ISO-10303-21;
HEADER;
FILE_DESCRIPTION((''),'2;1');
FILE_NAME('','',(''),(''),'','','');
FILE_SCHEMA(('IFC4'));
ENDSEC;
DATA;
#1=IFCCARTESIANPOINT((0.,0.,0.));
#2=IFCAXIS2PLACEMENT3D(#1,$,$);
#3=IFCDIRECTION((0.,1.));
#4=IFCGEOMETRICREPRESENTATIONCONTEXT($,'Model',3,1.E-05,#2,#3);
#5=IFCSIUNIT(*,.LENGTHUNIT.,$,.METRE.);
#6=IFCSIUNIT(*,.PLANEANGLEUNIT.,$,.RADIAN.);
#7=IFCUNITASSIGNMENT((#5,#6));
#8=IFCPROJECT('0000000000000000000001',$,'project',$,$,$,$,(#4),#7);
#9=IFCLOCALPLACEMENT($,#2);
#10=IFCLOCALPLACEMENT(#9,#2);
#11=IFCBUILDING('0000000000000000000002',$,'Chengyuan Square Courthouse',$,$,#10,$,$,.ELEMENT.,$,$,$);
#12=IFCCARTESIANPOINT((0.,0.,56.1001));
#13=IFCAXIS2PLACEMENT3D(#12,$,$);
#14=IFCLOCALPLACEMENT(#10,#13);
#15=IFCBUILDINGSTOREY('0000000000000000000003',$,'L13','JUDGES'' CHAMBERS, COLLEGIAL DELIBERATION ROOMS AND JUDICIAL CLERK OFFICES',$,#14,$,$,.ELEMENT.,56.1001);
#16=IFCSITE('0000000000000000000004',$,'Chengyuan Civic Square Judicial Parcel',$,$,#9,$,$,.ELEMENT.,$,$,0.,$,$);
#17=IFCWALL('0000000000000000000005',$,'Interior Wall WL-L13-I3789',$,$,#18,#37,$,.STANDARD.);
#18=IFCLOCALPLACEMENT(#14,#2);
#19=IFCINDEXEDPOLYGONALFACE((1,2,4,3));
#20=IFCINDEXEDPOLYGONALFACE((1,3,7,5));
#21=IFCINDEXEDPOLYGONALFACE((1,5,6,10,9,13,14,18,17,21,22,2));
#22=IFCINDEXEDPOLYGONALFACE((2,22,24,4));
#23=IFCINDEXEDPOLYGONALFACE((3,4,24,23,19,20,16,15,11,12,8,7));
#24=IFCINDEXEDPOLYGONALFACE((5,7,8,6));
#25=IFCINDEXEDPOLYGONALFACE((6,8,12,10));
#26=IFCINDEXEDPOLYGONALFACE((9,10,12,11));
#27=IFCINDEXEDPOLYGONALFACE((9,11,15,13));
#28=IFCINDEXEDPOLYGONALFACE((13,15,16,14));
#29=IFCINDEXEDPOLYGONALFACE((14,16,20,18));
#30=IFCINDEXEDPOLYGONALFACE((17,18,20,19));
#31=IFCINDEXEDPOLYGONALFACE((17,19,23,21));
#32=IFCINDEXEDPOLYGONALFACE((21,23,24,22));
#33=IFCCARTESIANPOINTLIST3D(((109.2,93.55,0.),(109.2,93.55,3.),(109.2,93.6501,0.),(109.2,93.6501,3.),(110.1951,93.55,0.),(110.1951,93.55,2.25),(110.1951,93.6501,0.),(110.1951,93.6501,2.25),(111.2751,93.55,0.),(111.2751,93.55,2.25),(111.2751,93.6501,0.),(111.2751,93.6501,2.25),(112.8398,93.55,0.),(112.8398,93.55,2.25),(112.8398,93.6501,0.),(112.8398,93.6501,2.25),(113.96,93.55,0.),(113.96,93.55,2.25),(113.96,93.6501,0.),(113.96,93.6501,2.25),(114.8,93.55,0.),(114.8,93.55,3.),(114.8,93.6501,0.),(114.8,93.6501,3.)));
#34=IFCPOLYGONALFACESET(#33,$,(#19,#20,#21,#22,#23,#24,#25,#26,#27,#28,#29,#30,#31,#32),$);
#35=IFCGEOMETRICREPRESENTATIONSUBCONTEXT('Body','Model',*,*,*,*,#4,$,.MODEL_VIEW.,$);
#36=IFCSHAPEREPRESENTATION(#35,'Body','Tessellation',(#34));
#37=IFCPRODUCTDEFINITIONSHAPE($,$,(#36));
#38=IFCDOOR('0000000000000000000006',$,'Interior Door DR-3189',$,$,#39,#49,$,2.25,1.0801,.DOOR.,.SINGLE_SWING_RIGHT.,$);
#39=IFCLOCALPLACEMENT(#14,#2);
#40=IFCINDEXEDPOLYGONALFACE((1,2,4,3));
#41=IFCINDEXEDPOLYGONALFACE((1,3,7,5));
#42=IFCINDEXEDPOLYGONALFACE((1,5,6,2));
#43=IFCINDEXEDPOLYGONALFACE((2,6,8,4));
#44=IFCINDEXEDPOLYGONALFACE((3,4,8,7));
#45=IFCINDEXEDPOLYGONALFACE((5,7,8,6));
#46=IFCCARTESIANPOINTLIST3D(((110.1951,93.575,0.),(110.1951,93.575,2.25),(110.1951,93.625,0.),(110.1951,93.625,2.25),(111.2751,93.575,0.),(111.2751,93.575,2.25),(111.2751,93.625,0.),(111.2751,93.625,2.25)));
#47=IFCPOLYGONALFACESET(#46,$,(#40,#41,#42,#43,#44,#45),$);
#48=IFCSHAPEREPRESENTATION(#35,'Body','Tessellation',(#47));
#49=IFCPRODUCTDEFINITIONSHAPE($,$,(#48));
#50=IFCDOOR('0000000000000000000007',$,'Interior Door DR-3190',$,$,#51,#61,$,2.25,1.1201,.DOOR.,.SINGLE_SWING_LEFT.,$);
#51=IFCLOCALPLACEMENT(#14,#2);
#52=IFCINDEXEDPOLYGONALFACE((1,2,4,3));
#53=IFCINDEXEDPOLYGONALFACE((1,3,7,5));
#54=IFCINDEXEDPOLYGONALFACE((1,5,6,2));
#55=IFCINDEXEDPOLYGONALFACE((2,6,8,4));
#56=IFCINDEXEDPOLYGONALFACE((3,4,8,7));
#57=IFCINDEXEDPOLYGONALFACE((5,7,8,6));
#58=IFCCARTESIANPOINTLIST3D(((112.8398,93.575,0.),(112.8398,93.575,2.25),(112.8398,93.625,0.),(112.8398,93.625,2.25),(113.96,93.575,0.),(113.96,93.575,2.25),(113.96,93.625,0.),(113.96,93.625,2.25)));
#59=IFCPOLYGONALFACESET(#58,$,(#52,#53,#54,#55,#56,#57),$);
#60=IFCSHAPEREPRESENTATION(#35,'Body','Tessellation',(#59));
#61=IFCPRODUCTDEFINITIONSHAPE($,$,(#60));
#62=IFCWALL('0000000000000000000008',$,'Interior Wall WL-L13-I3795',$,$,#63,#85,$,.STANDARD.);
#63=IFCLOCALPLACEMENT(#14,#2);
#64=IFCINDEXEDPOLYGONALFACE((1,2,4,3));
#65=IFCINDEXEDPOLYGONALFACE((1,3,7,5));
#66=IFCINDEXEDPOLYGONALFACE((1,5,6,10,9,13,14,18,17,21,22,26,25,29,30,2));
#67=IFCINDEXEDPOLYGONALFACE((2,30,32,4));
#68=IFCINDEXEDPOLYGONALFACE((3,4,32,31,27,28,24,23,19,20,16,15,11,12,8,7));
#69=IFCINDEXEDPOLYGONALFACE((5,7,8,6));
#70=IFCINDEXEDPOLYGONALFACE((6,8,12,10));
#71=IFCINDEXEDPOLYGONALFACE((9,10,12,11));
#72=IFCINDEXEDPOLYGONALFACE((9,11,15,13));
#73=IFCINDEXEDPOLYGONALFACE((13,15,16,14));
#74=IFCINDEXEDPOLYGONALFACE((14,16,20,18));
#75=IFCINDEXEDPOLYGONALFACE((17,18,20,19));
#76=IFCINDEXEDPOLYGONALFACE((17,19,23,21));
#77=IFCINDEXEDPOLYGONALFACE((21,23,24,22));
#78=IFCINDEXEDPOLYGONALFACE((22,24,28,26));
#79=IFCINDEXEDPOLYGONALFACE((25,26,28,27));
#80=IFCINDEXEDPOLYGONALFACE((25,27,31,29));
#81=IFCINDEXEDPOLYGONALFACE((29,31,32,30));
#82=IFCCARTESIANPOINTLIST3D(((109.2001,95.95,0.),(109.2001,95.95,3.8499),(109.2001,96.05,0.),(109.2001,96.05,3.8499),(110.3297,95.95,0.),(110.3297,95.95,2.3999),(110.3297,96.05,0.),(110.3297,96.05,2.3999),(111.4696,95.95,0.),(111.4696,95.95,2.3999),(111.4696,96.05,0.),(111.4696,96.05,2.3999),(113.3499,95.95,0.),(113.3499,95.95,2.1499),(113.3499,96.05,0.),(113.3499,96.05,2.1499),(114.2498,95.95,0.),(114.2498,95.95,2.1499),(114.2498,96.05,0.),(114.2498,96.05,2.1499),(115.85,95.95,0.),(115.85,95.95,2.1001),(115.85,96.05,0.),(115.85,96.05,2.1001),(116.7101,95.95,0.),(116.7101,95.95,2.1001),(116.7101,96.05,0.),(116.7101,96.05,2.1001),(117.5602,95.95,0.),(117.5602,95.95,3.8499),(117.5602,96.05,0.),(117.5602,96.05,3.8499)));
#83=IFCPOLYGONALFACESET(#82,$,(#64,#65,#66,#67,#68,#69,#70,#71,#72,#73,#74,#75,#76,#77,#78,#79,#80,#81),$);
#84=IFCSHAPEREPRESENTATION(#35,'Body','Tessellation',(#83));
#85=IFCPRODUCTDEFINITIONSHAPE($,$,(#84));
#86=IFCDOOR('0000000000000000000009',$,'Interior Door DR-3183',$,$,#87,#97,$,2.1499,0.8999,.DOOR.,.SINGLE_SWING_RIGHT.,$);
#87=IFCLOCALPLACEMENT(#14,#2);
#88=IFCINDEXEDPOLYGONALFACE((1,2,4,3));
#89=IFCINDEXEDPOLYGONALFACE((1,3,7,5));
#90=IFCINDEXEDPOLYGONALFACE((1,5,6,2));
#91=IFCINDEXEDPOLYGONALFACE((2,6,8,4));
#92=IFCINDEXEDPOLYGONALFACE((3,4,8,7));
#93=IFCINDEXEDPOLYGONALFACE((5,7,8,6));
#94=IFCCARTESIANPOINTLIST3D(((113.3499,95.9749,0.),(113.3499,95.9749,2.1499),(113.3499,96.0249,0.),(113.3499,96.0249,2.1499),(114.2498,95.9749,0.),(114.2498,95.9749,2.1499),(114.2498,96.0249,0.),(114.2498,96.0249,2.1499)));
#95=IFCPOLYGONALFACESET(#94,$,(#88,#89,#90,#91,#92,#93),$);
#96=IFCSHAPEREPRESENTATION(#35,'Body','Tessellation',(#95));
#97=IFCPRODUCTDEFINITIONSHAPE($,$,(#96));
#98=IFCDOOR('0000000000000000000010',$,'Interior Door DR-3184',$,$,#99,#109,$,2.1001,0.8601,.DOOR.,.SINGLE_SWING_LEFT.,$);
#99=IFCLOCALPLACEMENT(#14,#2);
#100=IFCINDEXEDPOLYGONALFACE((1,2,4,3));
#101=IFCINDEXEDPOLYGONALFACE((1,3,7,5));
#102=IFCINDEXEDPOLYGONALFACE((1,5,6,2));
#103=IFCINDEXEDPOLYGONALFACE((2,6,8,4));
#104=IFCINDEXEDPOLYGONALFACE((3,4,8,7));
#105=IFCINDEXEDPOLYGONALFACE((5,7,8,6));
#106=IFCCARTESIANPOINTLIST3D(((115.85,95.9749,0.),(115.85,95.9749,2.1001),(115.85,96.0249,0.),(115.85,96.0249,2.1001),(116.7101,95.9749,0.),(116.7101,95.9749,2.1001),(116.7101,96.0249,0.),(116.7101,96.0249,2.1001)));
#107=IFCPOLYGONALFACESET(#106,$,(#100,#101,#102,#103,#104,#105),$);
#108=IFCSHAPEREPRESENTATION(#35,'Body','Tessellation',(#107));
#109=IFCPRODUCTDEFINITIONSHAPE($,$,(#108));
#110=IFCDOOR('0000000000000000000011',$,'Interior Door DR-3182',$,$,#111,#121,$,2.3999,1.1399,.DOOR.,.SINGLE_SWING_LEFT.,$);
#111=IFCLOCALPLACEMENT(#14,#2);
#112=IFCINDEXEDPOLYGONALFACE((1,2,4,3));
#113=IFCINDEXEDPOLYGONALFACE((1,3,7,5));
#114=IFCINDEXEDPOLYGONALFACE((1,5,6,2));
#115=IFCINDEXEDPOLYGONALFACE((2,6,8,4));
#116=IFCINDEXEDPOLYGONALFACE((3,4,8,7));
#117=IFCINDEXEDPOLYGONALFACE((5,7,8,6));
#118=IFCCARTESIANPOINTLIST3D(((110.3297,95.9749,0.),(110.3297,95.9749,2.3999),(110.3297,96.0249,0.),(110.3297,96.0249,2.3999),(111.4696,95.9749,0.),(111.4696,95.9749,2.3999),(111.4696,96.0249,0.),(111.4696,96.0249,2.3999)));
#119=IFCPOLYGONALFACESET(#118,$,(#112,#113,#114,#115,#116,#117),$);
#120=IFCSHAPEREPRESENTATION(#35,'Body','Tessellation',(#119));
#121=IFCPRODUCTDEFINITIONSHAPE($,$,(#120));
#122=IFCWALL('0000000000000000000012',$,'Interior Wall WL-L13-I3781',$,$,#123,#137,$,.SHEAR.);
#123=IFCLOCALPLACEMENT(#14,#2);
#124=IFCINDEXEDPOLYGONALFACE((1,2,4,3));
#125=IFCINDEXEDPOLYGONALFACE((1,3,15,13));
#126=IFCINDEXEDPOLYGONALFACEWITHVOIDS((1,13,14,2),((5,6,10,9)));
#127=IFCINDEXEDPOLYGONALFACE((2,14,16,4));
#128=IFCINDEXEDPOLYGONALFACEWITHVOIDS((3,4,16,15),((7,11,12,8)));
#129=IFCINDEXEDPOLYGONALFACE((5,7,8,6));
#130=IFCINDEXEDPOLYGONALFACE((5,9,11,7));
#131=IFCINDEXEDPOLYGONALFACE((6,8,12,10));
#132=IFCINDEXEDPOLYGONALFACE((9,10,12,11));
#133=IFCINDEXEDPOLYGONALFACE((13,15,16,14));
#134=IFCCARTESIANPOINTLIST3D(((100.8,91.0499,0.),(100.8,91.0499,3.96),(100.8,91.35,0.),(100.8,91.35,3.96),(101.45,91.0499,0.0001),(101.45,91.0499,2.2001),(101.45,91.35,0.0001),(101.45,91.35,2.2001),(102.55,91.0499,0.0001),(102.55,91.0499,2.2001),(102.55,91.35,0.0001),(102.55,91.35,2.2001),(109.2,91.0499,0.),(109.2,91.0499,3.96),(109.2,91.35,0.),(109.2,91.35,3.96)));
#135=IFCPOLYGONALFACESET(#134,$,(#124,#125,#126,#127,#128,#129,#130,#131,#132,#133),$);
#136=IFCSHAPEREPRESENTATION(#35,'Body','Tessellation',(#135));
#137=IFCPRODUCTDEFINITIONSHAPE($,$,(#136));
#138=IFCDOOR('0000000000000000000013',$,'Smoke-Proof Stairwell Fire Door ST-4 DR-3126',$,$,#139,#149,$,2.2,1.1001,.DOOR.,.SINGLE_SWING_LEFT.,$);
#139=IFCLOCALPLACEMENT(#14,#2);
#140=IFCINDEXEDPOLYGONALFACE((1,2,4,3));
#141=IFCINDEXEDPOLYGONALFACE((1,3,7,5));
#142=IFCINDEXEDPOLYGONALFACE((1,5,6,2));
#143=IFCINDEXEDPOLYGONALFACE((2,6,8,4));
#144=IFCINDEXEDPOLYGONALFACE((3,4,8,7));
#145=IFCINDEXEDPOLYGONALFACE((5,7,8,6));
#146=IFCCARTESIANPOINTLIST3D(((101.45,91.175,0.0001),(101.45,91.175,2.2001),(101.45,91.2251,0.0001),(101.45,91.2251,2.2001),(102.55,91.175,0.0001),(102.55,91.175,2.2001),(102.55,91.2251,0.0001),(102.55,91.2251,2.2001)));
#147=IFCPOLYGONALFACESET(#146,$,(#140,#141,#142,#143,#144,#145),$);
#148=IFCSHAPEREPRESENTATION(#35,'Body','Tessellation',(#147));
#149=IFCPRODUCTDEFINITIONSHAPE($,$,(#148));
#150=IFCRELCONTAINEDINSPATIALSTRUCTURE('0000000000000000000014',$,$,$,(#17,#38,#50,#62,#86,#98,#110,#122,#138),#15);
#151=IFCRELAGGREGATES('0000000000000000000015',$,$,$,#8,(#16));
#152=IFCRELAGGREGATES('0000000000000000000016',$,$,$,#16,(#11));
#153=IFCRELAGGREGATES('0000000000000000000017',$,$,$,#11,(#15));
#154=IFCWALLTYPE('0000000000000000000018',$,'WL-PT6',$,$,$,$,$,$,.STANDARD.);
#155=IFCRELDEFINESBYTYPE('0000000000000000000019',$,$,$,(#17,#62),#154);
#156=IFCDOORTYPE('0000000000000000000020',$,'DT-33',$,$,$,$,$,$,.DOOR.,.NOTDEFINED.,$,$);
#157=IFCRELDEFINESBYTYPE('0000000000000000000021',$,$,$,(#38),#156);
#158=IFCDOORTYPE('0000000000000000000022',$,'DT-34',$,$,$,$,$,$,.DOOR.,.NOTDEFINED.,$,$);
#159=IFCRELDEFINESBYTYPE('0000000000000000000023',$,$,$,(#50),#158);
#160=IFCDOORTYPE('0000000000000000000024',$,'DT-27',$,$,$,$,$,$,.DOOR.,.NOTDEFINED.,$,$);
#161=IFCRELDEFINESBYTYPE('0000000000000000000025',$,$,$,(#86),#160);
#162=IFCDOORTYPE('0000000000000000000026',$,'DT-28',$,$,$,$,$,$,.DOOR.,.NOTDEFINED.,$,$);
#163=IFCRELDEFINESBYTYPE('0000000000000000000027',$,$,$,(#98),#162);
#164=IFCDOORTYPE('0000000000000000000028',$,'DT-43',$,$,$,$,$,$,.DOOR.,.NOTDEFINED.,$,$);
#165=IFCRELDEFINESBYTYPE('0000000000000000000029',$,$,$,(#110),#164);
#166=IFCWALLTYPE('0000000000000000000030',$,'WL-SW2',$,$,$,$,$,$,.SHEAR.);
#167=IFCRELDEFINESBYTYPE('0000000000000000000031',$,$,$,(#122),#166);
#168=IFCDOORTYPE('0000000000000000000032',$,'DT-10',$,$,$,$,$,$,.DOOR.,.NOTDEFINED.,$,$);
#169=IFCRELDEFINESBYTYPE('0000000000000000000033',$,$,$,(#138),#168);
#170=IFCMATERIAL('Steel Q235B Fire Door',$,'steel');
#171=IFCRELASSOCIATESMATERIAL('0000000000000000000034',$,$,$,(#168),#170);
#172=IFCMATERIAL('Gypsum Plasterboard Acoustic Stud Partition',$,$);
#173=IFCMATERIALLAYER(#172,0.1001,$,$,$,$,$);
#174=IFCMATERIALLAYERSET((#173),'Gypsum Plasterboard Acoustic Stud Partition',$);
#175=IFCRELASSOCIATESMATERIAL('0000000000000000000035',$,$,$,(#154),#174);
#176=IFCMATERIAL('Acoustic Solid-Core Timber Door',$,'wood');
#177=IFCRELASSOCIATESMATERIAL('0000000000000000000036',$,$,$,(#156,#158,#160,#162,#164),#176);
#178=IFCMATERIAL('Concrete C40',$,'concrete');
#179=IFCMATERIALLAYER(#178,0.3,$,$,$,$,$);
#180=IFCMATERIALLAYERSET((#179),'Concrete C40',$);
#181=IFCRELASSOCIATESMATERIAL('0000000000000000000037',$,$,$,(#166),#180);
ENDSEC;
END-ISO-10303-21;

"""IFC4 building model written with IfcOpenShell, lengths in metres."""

from ifc_helpers import new_model, si_unit, direction, frame, frame_2d, origin, place, context, subcontext, project, spatial, rectangle, extrude, material, layer, layer_set, type_object, element, fill, save


model = new_model("IFC4")

# Units and contexts
model_context = context("Model", 3, precision=1e-05, world=origin(), true_north=direction((0.0, 1.0)))
body_context = subcontext(model_context, "Body", "Model", "MODEL_VIEW")
ifc_project = project(units=[si_unit("LENGTHUNIT", "METRE"), si_unit("PLANEANGLEUNIT", "RADIAN")], contexts=[model_context])

# Site, building, storey
site_placement = place(None, origin())
site = spatial("IfcSite", under=ifc_project, at=site_placement, Name="Chengyuan Civic Square Judicial Parcel", CompositionType="ELEMENT", RefElevation=0.0)
building_placement = place(site_placement, origin())
building = spatial("IfcBuilding", under=site, at=building_placement, Name="Chengyuan Square Courthouse", CompositionType="ELEMENT")
storey_placement = place(building_placement, frame((0.0, 0.0, 56.1001)))
storey = spatial("IfcBuildingStorey", under=building, at=storey_placement, Name="L13", Description="JUDGES' CHAMBERS, COLLEGIAL DELIBERATION ROOMS AND JUDICIAL CLERK OFFICES", CompositionType="ELEMENT", Elevation=56.1001)

# Shared definitions
ifc_material_1 = material(Name="Concrete C40", Category="concrete")

# Shared definitions
ifc_material_2 = material(Name="Steel Q235B Fire Door", Category="steel")
door_type_1 = type_object("IfcDoorType", Name="DT-10", OperationType="NOTDEFINED", PredefinedType="DOOR", material=ifc_material_2)

# Walls, openings, doors
ifc_material_3 = material(Name="Gypsum Plasterboard Acoustic Stud Partition")
ifc_layer_1 = layer(ifc_material_3, 0.1001)
ifc_layer_set_1 = layer_set([ifc_layer_1], Name="Gypsum Plasterboard Acoustic Stud Partition")
wall_type_1 = type_object("IfcWallType", Name="WL-PT6", PredefinedType="STANDARD", material=ifc_layer_set_1)
wall_1_placement = place(storey_placement, frame((109.2, 93.6001, 0.0), z_axis=(0.0, 0.0, 1.0), x_axis=(1.0, 0.0, 0.0)))
wall_1 = element("IfcWall", 1, at=wall_1_placement, inside=storey, type_object=wall_type_1, Name="Interior Wall WL-L13-I3789", PredefinedType="STANDARD", context=body_context, shape_type="SweptSolid", body=[
    extrude(rectangle(XDim=5.6001, YDim=0.1001, at=frame_2d((2.8, 0.0))), origin(), (0.0, 0.0, 1.0), 3.0),
])
opening_1_placement = place(wall_1_placement, frame((0.9951, 0.0, 0.0)))
opening_1 = element("IfcOpeningElement", 2, at=opening_1_placement, cuts=wall_1, PredefinedType="OPENING", context=body_context, shape_type="SweptSolid", body=[
    extrude(rectangle(XDim=1.0801, YDim=2.25, at=frame_2d((0.54, 1.125))), frame((0.0, 0.062, 0.0), z_axis=(0.0, -1.0, 0.0), x_axis=(1.0, 0.0, 0.0)), (0.0, 0.0, 1.0), 0.124),
])
opening_2_placement = place(wall_1_placement, frame((3.6399, 0.0, 0.0)))
opening_2 = element("IfcOpeningElement", 3, at=opening_2_placement, cuts=wall_1, PredefinedType="OPENING", context=body_context, shape_type="SweptSolid", body=[
    extrude(rectangle(XDim=1.1201, YDim=2.25, at=frame_2d((0.5601, 1.125))), frame((0.0, 0.062, 0.0), z_axis=(0.0, -1.0, 0.0), x_axis=(1.0, 0.0, 0.0)), (0.0, 0.0, 1.0), 0.124),
])
ifc_material_4 = material(Name="Acoustic Solid-Core Timber Door", Category="wood")
door_type_2 = type_object("IfcDoorType", Name="DT-33", OperationType="NOTDEFINED", PredefinedType="DOOR", material=ifc_material_4)
door_1_placement = place(opening_1_placement, origin())
door_1 = element("IfcDoor", 4, at=door_1_placement, inside=storey, type_object=door_type_2, Name="Interior Door DR-3189", OperationType="SINGLE_SWING_RIGHT", OverallHeight=2.25, OverallWidth=1.0801, PredefinedType="DOOR", context=body_context, shape_type="SweptSolid", body=[
    extrude(rectangle(XDim=1.0801, YDim=2.25, at=frame_2d((0.54, 1.125))), frame((0.0, 0.0249, 0.0), z_axis=(0.0, -1.0, 0.0), x_axis=(1.0, 0.0, 0.0)), (0.0, 0.0, 1.0), 0.05),
])
fill(opening_1, door_1)
door_type_3 = type_object("IfcDoorType", Name="DT-34", OperationType="NOTDEFINED", PredefinedType="DOOR", material=ifc_material_4)
door_2_placement = place(opening_2_placement, origin())
door_2 = element("IfcDoor", 5, at=door_2_placement, inside=storey, type_object=door_type_3, Name="Interior Door DR-3190", OperationType="SINGLE_SWING_LEFT", OverallHeight=2.25, OverallWidth=1.1201, PredefinedType="DOOR", context=body_context, shape_type="SweptSolid", body=[
    extrude(rectangle(XDim=1.1201, YDim=2.25, at=frame_2d((0.5601, 1.125))), frame((0.0, 0.0249, 0.0), z_axis=(0.0, -1.0, 0.0), x_axis=(1.0, 0.0, 0.0)), (0.0, 0.0, 1.0), 0.05),
])
fill(opening_2, door_2)
wall_2_placement = place(storey_placement, frame((109.2, 96.0, 0.0), z_axis=(0.0, 0.0, 1.0), x_axis=(1.0, 0.0, 0.0)))
wall_2 = element("IfcWall", 6, at=wall_2_placement, inside=storey, type_object=wall_type_1, Name="Interior Wall WL-L13-I3795", PredefinedType="STANDARD", context=body_context, shape_type="SweptSolid", body=[
    extrude(rectangle(XDim=8.3601, YDim=0.1001, at=frame_2d((4.1802, 0.0))), origin(), (0.0, 0.0, 1.0), 3.8499),
])
opening_3_placement = place(wall_2_placement, frame((1.1299, 0.0, 0.0)))
opening_3 = element("IfcOpeningElement", 7, at=opening_3_placement, cuts=wall_2, PredefinedType="OPENING", context=body_context, shape_type="SweptSolid", body=[
    extrude(rectangle(XDim=1.1399, YDim=2.3999, at=frame_2d((0.5698, 1.2))), frame((0.0, 0.062, 0.0), z_axis=(0.0, -1.0, 0.0), x_axis=(1.0, 0.0, 0.0)), (0.0, 0.0, 1.0), 0.124),
])
opening_4_placement = place(wall_2_placement, frame((4.1499, 0.0, 0.0)))
opening_4 = element("IfcOpeningElement", 8, at=opening_4_placement, cuts=wall_2, PredefinedType="OPENING", context=body_context, shape_type="SweptSolid", body=[
    extrude(rectangle(XDim=0.8999, YDim=2.1499, at=frame_2d((0.45, 1.075))), frame((0.0, 0.062, 0.0), z_axis=(0.0, -1.0, 0.0), x_axis=(1.0, 0.0, 0.0)), (0.0, 0.0, 1.0), 0.124),
])
opening_5_placement = place(wall_2_placement, frame((6.6499, 0.0, 0.0)))
opening_5 = element("IfcOpeningElement", 9, at=opening_5_placement, cuts=wall_2, PredefinedType="OPENING", context=body_context, shape_type="SweptSolid", body=[
    extrude(rectangle(XDim=0.8601, YDim=2.1001, at=frame_2d((0.4302, 1.05))), frame((0.0, 0.062, 0.0), z_axis=(0.0, -1.0, 0.0), x_axis=(1.0, 0.0, 0.0)), (0.0, 0.0, 1.0), 0.124),
])
door_type_4 = type_object("IfcDoorType", Name="DT-27", OperationType="NOTDEFINED", PredefinedType="DOOR", material=ifc_material_4)
door_3_placement = place(opening_4_placement, origin())
door_3 = element("IfcDoor", 10, at=door_3_placement, inside=storey, type_object=door_type_4, Name="Interior Door DR-3183", OperationType="SINGLE_SWING_RIGHT", OverallHeight=2.1499, OverallWidth=0.8999, PredefinedType="DOOR", context=body_context, shape_type="SweptSolid", body=[
    extrude(rectangle(XDim=0.8999, YDim=2.1499, at=frame_2d((0.45, 1.075))), frame((0.0, 0.0249, 0.0), z_axis=(0.0, -1.0, 0.0), x_axis=(1.0, 0.0, 0.0)), (0.0, 0.0, 1.0), 0.05),
])
fill(opening_4, door_3)
door_type_5 = type_object("IfcDoorType", Name="DT-28", OperationType="NOTDEFINED", PredefinedType="DOOR", material=ifc_material_4)
door_4_placement = place(opening_5_placement, origin())
door_4 = element("IfcDoor", 11, at=door_4_placement, inside=storey, type_object=door_type_5, Name="Interior Door DR-3184", OperationType="SINGLE_SWING_LEFT", OverallHeight=2.1001, OverallWidth=0.8601, PredefinedType="DOOR", context=body_context, shape_type="SweptSolid", body=[
    extrude(rectangle(XDim=0.8601, YDim=2.1001, at=frame_2d((0.4302, 1.05))), frame((0.0, 0.0249, 0.0), z_axis=(0.0, -1.0, 0.0), x_axis=(1.0, 0.0, 0.0)), (0.0, 0.0, 1.0), 0.05),
])
fill(opening_5, door_4)
door_type_6 = type_object("IfcDoorType", Name="DT-43", OperationType="NOTDEFINED", PredefinedType="DOOR", material=ifc_material_4)
door_5_placement = place(opening_3_placement, origin())
door_5 = element("IfcDoor", 12, at=door_5_placement, inside=storey, type_object=door_type_6, Name="Interior Door DR-3182", OperationType="SINGLE_SWING_LEFT", OverallHeight=2.3999, OverallWidth=1.1399, PredefinedType="DOOR", context=body_context, shape_type="SweptSolid", body=[
    extrude(rectangle(XDim=1.1399, YDim=2.3999, at=frame_2d((0.5698, 1.2))), frame((0.0, 0.0249, 0.0), z_axis=(0.0, -1.0, 0.0), x_axis=(1.0, 0.0, 0.0)), (0.0, 0.0, 1.0), 0.05),
])
fill(opening_3, door_5)

# Wall, opening, door
ifc_layer_2 = layer(ifc_material_1, 0.3)
ifc_layer_set_2 = layer_set([ifc_layer_2], Name="Concrete C40")
wall_type_2 = type_object("IfcWallType", Name="WL-SW2", PredefinedType="SHEAR", material=ifc_layer_set_2)
wall_3_placement = place(storey_placement, frame((100.8, 91.2, 0.0), z_axis=(0.0, 0.0, 1.0), x_axis=(1.0, 0.0, 0.0)))
wall_3 = element("IfcWall", 13, at=wall_3_placement, inside=storey, type_object=wall_type_2, Name="Interior Wall WL-L13-I3781", PredefinedType="SHEAR", context=body_context, shape_type="SweptSolid", body=[
    extrude(rectangle(XDim=8.3999, YDim=0.3, at=frame_2d((4.2, 0.0))), origin(), (0.0, 0.0, 1.0), 3.96),
])
opening_6_placement = place(wall_3_placement, frame((0.6499, 0.0, 0.0)))
opening_6 = element("IfcOpeningElement", 14, at=opening_6_placement, cuts=wall_3, PredefinedType="OPENING", context=body_context, shape_type="SweptSolid", body=[
    extrude(rectangle(XDim=1.1001, YDim=2.2, at=frame_2d((0.55, 1.1001))), frame((0.0, 0.1621, 0.0), z_axis=(0.0, -1.0, 0.0), x_axis=(1.0, 0.0, 0.0)), (0.0, 0.0, 1.0), 0.324),
])
door_6_placement = place(opening_6_placement, frame((1.1001, 0.0, 0.0), z_axis=(0.0, 0.0, 1.0), x_axis=(-1.0, 0.0, 0.0)))
door_6 = element("IfcDoor", 15, at=door_6_placement, inside=storey, type_object=door_type_1, Name="Smoke-Proof Stairwell Fire Door ST-4 DR-3126", OperationType="SINGLE_SWING_LEFT", OverallHeight=2.2, OverallWidth=1.1001, PredefinedType="DOOR", context=body_context, shape_type="SweptSolid", body=[
    extrude(rectangle(XDim=1.1001, YDim=2.2, at=frame_2d((0.55, 1.1001))), frame((0.0, 0.0249, 0.0), z_axis=(0.0, -1.0, 0.0), x_axis=(1.0, 0.0, 0.0)), (0.0, 0.0, 1.0), 0.05),
])
fill(opening_6, door_6)

save(model, "model.ifc")
